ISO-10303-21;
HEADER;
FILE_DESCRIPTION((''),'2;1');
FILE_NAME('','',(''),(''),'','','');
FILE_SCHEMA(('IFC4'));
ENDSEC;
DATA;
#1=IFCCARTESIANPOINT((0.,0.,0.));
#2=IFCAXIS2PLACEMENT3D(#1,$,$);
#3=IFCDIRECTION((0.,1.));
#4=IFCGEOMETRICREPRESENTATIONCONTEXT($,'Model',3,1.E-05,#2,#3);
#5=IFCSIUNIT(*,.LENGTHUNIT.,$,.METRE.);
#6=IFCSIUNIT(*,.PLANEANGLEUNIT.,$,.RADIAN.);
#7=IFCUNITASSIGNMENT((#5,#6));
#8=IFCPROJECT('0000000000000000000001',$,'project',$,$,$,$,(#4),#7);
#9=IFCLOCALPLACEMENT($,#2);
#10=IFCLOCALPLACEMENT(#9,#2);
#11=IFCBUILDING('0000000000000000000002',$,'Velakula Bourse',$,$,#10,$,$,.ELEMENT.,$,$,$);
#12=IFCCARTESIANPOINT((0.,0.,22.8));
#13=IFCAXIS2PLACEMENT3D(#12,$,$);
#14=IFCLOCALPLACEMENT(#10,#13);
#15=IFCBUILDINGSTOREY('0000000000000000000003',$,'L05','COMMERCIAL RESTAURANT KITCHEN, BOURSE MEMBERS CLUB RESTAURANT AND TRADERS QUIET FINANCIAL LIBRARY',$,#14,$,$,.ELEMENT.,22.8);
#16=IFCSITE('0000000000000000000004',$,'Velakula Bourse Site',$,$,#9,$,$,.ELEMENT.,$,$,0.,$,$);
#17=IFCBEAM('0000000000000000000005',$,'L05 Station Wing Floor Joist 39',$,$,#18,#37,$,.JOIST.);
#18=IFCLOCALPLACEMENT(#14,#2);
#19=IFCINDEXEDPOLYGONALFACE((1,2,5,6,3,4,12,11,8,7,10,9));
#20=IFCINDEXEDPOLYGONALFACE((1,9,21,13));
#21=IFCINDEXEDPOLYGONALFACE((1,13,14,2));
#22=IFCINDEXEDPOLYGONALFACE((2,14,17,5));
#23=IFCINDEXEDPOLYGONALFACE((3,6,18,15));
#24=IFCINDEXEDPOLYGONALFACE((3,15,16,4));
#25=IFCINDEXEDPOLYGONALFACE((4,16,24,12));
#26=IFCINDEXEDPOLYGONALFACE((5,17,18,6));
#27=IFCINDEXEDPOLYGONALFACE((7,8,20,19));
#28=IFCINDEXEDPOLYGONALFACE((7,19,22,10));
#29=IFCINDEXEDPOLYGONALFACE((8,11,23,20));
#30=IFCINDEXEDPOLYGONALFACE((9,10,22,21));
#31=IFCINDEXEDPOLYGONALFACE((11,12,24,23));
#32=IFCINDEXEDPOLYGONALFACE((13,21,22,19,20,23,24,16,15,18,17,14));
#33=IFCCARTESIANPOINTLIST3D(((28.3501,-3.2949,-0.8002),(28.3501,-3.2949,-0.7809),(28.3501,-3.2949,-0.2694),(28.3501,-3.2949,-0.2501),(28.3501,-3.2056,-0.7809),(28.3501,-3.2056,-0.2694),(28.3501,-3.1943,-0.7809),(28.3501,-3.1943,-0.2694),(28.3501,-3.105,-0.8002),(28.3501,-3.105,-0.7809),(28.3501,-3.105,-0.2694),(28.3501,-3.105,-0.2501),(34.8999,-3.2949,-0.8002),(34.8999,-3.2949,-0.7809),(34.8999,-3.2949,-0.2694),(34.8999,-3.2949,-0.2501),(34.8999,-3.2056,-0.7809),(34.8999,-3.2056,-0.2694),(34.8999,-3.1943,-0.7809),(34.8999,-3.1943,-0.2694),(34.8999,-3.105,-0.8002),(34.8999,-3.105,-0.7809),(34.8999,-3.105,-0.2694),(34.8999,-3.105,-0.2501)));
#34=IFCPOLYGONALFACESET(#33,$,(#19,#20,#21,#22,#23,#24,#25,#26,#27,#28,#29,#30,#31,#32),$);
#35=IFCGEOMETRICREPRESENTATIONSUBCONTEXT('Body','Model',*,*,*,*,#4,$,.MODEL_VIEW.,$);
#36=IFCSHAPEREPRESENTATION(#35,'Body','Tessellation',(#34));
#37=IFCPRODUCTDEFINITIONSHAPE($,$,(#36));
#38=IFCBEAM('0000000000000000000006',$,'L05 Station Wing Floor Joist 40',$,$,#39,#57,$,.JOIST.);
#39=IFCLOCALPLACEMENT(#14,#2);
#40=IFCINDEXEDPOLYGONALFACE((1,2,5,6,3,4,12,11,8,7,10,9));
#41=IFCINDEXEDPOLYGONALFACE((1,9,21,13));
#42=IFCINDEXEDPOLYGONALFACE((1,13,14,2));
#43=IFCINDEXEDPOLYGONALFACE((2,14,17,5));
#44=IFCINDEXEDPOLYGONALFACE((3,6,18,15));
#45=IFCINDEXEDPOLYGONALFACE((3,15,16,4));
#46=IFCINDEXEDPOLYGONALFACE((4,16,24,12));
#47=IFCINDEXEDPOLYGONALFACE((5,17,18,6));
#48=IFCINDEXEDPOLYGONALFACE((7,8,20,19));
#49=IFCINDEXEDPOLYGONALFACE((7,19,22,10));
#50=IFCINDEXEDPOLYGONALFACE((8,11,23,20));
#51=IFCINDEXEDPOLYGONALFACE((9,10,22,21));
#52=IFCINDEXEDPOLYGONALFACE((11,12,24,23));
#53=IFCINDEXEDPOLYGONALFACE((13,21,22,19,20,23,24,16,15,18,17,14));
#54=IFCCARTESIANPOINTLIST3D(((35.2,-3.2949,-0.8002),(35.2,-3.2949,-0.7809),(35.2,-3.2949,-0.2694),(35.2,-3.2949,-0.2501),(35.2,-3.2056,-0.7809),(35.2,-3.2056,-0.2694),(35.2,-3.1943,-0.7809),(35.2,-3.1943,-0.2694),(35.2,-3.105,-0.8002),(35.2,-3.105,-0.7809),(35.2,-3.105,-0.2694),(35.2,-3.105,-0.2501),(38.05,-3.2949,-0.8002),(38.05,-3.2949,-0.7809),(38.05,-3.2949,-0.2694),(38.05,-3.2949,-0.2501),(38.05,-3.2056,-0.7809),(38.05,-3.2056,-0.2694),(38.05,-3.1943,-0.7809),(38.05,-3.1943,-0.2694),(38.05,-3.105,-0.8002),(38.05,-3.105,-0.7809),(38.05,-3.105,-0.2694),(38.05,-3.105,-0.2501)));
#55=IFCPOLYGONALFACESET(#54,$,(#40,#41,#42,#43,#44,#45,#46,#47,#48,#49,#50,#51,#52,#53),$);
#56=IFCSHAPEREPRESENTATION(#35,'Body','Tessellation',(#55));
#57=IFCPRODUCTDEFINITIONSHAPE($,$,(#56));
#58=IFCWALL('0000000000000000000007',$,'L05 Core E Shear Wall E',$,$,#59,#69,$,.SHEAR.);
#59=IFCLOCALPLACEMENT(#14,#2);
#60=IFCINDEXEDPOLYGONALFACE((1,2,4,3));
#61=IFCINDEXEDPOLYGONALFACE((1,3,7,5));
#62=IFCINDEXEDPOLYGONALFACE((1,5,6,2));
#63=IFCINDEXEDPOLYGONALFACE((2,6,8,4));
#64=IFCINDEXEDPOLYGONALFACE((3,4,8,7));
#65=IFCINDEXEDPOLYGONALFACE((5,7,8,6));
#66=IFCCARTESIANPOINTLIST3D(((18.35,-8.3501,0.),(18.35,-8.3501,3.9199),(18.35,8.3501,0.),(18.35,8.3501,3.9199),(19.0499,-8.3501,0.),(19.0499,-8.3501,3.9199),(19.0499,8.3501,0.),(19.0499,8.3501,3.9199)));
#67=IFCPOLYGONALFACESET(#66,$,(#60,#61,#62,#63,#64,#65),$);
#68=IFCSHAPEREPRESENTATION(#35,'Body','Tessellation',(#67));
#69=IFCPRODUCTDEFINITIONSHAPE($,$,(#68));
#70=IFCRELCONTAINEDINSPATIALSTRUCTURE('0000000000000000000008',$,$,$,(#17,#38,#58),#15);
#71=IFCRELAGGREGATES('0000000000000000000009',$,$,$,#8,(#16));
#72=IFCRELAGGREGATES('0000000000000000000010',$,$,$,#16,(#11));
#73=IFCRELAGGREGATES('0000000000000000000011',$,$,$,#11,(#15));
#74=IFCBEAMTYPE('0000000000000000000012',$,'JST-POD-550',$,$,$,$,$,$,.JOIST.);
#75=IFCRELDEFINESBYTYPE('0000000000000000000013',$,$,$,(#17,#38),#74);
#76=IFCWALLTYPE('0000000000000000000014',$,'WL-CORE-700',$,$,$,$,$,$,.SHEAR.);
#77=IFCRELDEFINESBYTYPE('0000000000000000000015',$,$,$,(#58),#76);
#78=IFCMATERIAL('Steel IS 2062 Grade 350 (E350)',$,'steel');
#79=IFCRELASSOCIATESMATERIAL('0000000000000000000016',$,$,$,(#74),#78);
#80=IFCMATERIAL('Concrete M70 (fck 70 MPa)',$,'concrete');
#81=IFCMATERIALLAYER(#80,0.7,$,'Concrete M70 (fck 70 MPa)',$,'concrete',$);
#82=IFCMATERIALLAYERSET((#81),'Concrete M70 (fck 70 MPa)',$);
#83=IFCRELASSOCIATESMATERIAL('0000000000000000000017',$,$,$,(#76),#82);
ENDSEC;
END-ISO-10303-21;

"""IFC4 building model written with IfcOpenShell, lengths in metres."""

from ifc_helpers import new_model, si_unit, direction, frame, frame_2d, origin, origin_2d, place, context, subcontext, project, spatial, rectangle, i_section, extrude, material, layer, layer_set, material_profile, profile_set, type_object, element, save


model = new_model("IFC4")

# Units and contexts
model_context = context("Model", 3, precision=1e-05, world=origin(), true_north=direction((0.0, 1.0)))
body_context = subcontext(model_context, "Body", "Model", "MODEL_VIEW")
ifc_project = project(units=[si_unit("LENGTHUNIT", "METRE"), si_unit("PLANEANGLEUNIT", "RADIAN")], contexts=[model_context])

# Site, building, storey
site_placement = place(None, origin())
site = spatial("IfcSite", under=ifc_project, at=site_placement, Name="Velakula Bourse Site", CompositionType="ELEMENT", RefElevation=0.0)
building_placement = place(site_placement, origin())
building = spatial("IfcBuilding", under=site, at=building_placement, Name="Velakula Bourse", CompositionType="ELEMENT")
storey_placement = place(building_placement, frame((0.0, 0.0, 22.8)))
storey = spatial("IfcBuildingStorey", under=building, at=storey_placement, Name="L05", Description="COMMERCIAL RESTAURANT KITCHEN, BOURSE MEMBERS CLUB RESTAURANT AND TRADERS QUIET FINANCIAL LIBRARY", CompositionType="ELEMENT", Elevation=22.8)

# Shared definitions
ifc_material_1 = material(Name="Concrete M70 (fck 70 MPa)", Category="concrete")

# Beams
ifc_material_2 = material(Name="Steel IS 2062 Grade 350 (E350)", Category="steel")
ifc_material_profile_1 = material_profile(ifc_material_2, i_section(OverallWidth=0.1899, OverallDepth=0.55, WebThickness=0.0112, FlangeThickness=0.0193, at=origin_2d()), Name="Steel IS 2062 Grade 350 (E350)")
ifc_profile_set_1 = profile_set([ifc_material_profile_1], Name="Steel IS 2062 Grade 350 (E350)")
beam_type_1 = type_object("IfcBeamType", Name="JST-POD-550", PredefinedType="JOIST", material=ifc_profile_set_1)
beam_1_placement = place(storey_placement, frame((28.3501, -3.2, -0.5251), z_axis=(1.0, 0.0, 0.0), x_axis=(0.0, 1.0, 0.0)))
element("IfcBeam", 1, at=beam_1_placement, inside=storey, type_object=beam_type_1, Name="L05 Station Wing Floor Joist 39", PredefinedType="JOIST", context=body_context, shape_type="SweptSolid", body=[
    extrude(i_section(OverallWidth=0.1899, OverallDepth=0.55, WebThickness=0.0112, FlangeThickness=0.0193, at=origin_2d()), origin(), (0.0, 0.0, 1.0), 6.5498),
])
beam_2_placement = place(storey_placement, frame((35.2, -3.2, -0.5251), z_axis=(1.0, 0.0, 0.0), x_axis=(0.0, 1.0, 0.0)))
element("IfcBeam", 2, at=beam_2_placement, inside=storey, type_object=beam_type_1, Name="L05 Station Wing Floor Joist 40", PredefinedType="JOIST", context=body_context, shape_type="SweptSolid", body=[
    extrude(i_section(OverallWidth=0.1899, OverallDepth=0.55, WebThickness=0.0112, FlangeThickness=0.0193, at=origin_2d()), origin(), (0.0, 0.0, 1.0), 2.8501),
])

# Wall
ifc_layer = layer(ifc_material_1, 0.7, Name="Concrete M70 (fck 70 MPa)", Category="concrete")
ifc_layer_set = layer_set([ifc_layer], Name="Concrete M70 (fck 70 MPa)")
wall_type = type_object("IfcWallType", Name="WL-CORE-700", PredefinedType="SHEAR", material=ifc_layer_set)
wall_placement = place(storey_placement, frame((18.7, -8.3501, 0.0), z_axis=(0.0, 0.0, 1.0), x_axis=(0.0, 1.0, 0.0)))
element("IfcWall", 3, at=wall_placement, inside=storey, type_object=wall_type, Name="L05 Core E Shear Wall E", PredefinedType="SHEAR", context=body_context, shape_type="SweptSolid", body=[
    extrude(rectangle(XDim=16.7002, YDim=0.7, at=frame_2d((8.3501, 0.0))), origin(), (0.0, 0.0, 1.0), 3.9199),
])

save(model, "model.ifc")
